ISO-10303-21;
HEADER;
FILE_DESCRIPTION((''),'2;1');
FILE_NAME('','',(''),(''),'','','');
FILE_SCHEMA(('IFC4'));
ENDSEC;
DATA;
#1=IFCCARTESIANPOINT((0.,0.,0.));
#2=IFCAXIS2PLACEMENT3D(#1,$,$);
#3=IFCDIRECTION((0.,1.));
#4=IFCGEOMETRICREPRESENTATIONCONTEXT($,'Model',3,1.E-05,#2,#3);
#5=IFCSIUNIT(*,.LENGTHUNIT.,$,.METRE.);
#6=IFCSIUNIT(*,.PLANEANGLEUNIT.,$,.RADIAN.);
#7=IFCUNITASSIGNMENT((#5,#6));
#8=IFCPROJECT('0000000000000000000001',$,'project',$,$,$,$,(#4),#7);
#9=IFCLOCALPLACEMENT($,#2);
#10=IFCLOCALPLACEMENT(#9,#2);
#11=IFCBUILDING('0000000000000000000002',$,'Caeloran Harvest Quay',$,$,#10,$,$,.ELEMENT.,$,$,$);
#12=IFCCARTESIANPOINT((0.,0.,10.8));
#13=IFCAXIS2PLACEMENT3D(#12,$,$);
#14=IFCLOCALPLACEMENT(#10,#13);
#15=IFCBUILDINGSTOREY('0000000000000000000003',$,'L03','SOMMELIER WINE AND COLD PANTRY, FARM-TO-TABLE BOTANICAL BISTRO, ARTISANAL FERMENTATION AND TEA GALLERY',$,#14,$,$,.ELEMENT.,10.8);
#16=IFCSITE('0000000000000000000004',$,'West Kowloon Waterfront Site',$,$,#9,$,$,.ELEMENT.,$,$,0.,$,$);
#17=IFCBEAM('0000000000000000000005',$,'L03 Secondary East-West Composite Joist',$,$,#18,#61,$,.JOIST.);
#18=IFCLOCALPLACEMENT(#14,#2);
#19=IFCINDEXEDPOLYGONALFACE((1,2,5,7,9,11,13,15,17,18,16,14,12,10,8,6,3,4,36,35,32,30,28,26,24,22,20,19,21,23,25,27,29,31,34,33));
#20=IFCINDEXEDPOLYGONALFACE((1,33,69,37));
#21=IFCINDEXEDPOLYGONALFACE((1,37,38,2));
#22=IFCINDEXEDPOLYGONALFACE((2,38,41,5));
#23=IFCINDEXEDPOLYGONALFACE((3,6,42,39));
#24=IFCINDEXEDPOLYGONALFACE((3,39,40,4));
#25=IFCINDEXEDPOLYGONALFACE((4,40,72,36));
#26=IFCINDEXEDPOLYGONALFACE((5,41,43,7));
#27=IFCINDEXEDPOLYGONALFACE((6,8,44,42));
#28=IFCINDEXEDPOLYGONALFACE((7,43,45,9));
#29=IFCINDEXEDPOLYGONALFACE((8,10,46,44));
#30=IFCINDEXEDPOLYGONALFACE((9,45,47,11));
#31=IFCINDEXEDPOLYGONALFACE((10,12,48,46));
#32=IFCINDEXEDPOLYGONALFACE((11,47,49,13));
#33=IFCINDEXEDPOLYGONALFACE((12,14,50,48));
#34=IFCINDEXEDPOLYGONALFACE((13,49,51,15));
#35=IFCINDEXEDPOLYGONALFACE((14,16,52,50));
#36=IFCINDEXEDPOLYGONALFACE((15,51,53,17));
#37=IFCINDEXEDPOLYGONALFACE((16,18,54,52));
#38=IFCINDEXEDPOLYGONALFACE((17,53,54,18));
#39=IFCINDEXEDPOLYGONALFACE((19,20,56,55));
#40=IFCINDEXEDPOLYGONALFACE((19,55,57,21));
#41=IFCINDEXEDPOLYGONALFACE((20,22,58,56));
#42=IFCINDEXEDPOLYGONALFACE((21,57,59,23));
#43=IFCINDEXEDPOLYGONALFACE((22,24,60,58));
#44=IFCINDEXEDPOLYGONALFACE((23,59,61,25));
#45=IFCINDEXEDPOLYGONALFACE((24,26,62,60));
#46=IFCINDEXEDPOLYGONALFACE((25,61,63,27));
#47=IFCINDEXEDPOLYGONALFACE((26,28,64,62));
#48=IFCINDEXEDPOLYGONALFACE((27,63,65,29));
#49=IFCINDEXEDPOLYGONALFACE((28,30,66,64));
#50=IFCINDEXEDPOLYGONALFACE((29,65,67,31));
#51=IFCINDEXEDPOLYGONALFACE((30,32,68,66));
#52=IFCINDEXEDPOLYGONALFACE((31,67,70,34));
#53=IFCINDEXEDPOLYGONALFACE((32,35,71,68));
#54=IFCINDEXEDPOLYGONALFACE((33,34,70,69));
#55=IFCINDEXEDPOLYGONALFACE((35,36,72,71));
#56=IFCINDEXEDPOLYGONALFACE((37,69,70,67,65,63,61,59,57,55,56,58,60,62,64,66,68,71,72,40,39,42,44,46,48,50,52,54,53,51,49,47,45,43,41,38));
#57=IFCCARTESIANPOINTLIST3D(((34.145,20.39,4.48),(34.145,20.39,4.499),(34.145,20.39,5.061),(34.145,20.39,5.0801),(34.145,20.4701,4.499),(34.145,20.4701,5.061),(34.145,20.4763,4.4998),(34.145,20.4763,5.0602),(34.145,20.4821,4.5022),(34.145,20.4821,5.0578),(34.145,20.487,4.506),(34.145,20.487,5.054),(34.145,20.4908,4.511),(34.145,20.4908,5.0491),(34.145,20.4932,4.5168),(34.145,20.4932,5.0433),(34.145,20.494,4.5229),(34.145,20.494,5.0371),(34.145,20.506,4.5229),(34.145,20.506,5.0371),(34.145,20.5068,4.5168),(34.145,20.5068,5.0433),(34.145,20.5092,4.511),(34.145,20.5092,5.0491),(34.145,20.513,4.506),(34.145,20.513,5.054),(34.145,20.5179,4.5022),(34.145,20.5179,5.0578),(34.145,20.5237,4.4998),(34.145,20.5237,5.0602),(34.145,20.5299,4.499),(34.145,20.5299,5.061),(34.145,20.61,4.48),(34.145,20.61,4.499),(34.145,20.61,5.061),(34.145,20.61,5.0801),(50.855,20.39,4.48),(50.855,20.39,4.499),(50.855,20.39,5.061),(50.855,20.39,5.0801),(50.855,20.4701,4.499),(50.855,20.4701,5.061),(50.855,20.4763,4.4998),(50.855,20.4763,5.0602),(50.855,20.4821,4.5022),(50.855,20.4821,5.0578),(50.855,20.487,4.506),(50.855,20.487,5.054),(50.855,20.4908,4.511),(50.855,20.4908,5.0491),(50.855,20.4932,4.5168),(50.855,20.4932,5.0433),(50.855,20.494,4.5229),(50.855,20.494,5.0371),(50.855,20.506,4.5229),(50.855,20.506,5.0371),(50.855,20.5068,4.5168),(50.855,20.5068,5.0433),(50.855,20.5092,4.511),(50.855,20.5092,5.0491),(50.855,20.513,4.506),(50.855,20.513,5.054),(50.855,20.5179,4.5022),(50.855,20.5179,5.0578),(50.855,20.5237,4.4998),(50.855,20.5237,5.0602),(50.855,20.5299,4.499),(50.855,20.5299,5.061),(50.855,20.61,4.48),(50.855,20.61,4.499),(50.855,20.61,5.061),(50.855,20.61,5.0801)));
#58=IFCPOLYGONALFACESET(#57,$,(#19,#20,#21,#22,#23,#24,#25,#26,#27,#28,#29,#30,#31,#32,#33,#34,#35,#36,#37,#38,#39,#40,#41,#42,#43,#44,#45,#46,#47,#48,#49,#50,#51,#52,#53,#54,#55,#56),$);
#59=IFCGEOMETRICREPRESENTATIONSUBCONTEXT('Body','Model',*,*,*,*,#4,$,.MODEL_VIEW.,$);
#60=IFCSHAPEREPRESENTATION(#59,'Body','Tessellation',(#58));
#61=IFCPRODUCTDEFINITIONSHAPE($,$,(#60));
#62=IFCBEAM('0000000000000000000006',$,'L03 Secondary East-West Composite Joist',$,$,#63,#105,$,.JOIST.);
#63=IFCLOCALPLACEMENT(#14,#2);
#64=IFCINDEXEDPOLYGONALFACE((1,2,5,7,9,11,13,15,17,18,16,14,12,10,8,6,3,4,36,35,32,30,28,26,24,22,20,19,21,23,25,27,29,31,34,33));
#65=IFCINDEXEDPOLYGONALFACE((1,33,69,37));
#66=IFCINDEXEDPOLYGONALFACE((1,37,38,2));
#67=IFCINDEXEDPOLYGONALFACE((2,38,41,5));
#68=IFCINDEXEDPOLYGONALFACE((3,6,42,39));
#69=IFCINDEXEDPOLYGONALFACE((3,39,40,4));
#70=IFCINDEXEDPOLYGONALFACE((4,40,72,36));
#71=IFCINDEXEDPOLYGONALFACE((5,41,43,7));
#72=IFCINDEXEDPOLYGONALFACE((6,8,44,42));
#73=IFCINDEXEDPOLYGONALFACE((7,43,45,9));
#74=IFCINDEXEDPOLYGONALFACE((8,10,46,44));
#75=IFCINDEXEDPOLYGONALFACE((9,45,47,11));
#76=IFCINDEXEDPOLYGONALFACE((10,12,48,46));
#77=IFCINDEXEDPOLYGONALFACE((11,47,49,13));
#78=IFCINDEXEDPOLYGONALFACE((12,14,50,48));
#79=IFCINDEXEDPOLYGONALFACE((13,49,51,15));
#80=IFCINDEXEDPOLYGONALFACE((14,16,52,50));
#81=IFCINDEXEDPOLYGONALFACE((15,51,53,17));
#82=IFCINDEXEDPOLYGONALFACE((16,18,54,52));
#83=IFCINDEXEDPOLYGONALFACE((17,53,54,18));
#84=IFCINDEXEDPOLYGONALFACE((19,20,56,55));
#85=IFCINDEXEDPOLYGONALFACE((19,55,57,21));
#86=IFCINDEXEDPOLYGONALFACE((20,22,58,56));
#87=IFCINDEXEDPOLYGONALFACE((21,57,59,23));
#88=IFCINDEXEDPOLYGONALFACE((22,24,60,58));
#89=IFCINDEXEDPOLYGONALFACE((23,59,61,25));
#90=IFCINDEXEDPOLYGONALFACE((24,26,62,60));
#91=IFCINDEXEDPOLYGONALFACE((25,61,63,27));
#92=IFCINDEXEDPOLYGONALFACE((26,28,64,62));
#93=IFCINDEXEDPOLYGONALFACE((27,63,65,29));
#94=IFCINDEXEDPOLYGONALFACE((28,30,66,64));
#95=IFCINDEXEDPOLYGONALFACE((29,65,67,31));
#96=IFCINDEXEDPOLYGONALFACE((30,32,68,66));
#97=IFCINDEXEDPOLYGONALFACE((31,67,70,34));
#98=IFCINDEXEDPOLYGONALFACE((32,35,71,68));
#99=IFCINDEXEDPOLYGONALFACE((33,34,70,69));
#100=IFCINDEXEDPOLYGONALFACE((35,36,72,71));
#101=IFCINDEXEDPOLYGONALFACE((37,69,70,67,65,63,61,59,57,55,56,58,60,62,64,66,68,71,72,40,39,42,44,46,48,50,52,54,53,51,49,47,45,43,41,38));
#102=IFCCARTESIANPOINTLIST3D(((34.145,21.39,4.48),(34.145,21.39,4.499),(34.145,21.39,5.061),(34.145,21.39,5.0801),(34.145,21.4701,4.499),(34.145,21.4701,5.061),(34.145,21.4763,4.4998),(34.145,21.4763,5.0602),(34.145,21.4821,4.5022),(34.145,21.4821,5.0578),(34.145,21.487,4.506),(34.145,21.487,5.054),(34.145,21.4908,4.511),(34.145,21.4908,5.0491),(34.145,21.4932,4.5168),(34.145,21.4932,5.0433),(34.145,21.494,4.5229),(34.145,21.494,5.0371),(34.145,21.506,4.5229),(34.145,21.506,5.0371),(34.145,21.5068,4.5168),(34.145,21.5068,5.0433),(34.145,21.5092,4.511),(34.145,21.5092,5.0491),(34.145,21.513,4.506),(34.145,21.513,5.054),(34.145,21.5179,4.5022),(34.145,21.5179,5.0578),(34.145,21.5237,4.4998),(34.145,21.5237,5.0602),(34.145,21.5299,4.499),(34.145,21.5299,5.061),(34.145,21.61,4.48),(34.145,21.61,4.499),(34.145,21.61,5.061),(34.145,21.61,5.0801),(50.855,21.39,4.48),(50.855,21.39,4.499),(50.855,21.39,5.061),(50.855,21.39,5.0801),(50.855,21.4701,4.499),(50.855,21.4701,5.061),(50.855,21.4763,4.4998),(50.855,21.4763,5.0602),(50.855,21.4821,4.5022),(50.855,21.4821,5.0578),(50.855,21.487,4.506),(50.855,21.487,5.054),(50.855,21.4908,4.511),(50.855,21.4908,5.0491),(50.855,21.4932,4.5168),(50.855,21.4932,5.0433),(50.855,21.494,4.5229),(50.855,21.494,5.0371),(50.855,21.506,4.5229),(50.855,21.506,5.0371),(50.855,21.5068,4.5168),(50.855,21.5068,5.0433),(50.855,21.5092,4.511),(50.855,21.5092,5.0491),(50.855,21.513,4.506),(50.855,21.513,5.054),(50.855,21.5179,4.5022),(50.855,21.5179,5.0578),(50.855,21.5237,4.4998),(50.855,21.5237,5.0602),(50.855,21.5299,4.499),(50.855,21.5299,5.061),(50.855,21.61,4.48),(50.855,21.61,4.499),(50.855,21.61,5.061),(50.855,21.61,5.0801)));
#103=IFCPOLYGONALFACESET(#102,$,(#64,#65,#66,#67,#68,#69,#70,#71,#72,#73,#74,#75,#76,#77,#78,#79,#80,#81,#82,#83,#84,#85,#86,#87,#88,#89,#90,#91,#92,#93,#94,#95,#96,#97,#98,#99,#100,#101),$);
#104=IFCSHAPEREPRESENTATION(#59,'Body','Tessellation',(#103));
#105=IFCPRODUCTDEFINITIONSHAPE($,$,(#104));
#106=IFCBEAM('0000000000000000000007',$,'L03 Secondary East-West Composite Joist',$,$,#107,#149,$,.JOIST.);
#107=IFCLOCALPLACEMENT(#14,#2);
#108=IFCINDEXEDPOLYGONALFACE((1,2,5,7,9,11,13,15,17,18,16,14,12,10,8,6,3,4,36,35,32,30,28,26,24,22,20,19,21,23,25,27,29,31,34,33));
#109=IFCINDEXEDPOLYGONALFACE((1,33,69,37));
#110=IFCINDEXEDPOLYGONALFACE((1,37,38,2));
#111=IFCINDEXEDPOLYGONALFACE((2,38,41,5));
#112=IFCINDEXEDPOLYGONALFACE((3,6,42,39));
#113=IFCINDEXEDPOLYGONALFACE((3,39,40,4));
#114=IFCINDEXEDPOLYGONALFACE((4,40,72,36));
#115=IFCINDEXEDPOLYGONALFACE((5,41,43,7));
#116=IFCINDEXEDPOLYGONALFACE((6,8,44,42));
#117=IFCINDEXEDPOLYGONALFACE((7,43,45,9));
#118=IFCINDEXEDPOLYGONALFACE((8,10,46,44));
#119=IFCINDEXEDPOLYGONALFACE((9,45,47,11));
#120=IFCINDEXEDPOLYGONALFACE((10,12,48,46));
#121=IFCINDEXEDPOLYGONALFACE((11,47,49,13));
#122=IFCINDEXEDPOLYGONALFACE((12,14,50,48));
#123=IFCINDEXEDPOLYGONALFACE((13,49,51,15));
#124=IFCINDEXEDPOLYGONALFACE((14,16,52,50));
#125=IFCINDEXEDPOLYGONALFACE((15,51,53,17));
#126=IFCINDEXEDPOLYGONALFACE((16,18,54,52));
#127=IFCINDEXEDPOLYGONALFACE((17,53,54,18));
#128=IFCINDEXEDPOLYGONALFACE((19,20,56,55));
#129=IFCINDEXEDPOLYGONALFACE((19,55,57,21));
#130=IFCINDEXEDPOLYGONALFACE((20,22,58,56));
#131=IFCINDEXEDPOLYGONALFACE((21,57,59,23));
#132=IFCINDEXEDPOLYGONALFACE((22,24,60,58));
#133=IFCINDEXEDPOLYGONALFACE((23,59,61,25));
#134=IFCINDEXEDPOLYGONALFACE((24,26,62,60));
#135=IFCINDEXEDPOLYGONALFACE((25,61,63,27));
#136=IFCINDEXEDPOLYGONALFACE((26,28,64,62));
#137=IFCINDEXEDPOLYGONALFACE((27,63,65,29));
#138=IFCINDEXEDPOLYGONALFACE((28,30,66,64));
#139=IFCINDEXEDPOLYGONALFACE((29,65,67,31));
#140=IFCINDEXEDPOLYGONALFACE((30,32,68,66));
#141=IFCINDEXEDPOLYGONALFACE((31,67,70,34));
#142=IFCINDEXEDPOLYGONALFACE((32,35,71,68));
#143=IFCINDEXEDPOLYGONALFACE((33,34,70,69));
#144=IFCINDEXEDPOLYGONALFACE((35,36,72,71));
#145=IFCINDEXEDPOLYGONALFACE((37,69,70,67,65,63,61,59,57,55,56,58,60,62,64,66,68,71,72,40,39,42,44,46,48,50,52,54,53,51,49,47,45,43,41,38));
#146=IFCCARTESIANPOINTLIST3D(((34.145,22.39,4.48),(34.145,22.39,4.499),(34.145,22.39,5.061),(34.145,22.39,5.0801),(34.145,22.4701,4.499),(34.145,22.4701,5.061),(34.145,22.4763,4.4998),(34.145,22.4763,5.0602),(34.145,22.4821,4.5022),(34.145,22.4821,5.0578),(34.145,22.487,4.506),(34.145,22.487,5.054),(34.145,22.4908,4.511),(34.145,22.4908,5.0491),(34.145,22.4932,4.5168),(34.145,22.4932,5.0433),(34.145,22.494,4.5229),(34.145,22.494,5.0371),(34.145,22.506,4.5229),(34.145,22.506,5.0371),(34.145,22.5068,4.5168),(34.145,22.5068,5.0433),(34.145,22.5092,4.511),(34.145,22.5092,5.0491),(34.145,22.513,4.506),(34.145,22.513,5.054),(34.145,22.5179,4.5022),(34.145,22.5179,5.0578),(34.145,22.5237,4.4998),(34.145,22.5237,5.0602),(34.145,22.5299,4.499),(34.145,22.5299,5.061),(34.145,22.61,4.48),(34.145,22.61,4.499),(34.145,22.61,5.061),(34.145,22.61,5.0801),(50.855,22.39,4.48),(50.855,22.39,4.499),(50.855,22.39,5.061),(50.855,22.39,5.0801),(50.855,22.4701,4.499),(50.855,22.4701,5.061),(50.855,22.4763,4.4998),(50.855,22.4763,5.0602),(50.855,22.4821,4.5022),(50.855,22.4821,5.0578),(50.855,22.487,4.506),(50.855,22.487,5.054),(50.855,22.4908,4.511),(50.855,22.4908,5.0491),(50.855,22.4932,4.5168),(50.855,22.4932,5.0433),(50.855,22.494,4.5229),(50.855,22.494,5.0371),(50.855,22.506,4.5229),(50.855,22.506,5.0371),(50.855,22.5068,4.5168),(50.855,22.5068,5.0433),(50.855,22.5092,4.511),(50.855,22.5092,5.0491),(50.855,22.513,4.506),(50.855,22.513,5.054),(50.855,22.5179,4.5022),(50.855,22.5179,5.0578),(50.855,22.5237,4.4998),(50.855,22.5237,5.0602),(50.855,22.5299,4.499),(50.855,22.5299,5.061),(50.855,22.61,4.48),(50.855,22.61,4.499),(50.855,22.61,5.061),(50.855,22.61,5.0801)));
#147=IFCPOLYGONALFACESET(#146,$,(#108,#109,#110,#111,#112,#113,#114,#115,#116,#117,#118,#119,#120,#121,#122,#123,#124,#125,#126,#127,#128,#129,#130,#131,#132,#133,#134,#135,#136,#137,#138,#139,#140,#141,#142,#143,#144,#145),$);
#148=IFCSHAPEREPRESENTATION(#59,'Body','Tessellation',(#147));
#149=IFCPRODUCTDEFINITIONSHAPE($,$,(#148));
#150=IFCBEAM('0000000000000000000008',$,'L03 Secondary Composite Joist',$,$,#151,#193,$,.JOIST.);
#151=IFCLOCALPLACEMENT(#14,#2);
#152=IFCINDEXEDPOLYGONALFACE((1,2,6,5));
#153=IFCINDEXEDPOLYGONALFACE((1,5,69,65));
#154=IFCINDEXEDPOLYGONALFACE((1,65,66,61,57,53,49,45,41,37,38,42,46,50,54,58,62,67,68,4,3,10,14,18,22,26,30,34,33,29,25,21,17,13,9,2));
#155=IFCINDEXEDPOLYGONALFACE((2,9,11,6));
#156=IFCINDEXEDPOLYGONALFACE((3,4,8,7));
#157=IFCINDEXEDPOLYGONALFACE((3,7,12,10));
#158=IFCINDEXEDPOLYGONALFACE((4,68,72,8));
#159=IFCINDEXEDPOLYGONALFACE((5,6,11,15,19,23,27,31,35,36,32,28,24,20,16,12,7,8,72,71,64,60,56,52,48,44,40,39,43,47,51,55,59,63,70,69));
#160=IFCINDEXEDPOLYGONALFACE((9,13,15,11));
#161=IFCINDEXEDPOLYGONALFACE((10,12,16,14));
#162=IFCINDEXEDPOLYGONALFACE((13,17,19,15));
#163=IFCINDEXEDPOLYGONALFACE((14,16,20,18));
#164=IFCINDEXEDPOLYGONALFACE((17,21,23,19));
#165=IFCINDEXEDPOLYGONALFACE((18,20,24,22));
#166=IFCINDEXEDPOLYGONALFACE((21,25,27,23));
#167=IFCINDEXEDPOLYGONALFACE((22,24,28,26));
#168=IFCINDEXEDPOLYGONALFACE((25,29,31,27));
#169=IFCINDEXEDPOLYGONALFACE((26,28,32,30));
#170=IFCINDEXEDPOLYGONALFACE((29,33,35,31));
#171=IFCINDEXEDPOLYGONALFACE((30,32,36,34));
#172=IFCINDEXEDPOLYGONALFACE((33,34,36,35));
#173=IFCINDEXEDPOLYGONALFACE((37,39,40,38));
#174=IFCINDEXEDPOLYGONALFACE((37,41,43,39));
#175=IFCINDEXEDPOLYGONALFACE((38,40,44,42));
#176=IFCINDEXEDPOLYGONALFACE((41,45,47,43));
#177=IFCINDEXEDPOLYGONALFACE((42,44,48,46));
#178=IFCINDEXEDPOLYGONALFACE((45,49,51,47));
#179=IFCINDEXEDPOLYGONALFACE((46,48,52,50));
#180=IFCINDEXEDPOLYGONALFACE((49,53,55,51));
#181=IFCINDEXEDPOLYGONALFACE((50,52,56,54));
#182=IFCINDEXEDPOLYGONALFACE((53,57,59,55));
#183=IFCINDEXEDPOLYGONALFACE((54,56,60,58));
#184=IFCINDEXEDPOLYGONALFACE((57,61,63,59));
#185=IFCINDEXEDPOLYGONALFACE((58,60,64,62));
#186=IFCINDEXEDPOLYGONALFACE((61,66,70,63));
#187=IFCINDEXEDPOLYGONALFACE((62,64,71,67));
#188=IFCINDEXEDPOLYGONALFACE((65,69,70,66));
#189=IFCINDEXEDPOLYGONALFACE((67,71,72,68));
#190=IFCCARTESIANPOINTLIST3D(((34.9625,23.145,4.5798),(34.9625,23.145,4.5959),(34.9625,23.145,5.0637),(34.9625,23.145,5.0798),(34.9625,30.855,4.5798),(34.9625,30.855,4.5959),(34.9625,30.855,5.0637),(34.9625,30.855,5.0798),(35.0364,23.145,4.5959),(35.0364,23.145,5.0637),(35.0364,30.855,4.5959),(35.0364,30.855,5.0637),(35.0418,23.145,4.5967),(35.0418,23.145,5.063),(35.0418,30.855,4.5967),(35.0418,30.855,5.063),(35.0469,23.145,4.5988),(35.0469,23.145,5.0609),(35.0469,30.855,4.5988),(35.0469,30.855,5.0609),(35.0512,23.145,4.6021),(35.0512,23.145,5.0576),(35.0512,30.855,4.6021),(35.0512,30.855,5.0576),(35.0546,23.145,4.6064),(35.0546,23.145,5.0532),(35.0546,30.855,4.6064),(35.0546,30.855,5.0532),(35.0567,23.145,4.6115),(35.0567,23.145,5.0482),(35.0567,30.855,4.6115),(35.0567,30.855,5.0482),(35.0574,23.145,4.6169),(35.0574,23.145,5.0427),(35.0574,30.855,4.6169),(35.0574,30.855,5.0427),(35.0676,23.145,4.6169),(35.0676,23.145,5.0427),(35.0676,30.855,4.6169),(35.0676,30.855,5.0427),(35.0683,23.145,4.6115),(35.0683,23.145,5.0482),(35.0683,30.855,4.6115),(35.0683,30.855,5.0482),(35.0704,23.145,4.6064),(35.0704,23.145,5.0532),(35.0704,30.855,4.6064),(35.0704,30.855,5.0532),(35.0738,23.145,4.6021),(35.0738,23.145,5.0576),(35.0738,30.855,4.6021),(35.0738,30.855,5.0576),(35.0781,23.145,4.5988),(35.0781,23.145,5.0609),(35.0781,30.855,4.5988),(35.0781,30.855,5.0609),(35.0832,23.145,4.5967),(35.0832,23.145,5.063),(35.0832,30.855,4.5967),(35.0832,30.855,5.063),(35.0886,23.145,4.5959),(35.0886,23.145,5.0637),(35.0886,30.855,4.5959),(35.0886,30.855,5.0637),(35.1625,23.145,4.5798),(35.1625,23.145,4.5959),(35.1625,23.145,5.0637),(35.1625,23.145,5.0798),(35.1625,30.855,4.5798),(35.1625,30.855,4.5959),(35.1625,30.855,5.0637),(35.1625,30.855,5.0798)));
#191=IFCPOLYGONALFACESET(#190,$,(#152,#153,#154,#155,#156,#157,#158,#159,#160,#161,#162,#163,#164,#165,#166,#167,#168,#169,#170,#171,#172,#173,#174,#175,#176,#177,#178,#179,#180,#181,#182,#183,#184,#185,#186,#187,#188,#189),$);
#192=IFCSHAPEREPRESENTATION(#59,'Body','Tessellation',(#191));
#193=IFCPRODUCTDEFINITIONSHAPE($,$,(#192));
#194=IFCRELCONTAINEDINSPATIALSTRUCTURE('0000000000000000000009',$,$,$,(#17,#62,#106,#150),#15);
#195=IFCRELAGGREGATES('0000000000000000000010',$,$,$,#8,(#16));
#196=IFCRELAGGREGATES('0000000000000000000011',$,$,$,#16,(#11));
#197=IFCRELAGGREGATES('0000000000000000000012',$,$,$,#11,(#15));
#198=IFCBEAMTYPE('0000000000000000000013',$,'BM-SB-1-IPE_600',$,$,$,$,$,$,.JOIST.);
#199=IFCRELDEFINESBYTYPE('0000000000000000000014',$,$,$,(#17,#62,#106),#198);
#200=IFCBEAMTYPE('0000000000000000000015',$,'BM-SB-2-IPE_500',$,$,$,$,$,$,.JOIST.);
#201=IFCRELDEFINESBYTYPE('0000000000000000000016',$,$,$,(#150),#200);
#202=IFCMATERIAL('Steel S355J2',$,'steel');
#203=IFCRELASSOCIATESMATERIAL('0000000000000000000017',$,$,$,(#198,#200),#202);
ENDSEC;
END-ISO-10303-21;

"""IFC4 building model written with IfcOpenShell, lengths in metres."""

from ifc_helpers import new_model, si_unit, direction, frame, origin, origin_2d, place, context, subcontext, project, spatial, i_section, extrude, material, material_profile, profile_set, type_object, element, save


model = new_model("IFC4")

# Units and contexts
model_context = context("Model", 3, precision=1e-05, world=origin(), true_north=direction((0.0, 1.0)))
body_context = subcontext(model_context, "Body", "Model", "MODEL_VIEW")
ifc_project = project(units=[si_unit("LENGTHUNIT", "METRE"), si_unit("PLANEANGLEUNIT", "RADIAN")], contexts=[model_context])

# Site, building, storey
site_placement = place(None, origin())
site = spatial("IfcSite", under=ifc_project, at=site_placement, Name="West Kowloon Waterfront Site", CompositionType="ELEMENT", RefElevation=0.0)
building_placement = place(site_placement, origin())
building = spatial("IfcBuilding", under=site, at=building_placement, Name="Caeloran Harvest Quay", CompositionType="ELEMENT")
storey_placement = place(building_placement, frame((0.0, 0.0, 10.8)))
storey = spatial("IfcBuildingStorey", under=building, at=storey_placement, Name="L03", Description="SOMMELIER WINE AND COLD PANTRY, FARM-TO-TABLE BOTANICAL BISTRO, ARTISANAL FERMENTATION AND TEA GALLERY", CompositionType="ELEMENT", Elevation=10.8)

# Beams
ifc_material_1 = material(Name="Steel S355J2", Category="steel")
ifc_material_profile_1 = material_profile(ifc_material_1, i_section(OverallWidth=0.22, OverallDepth=0.6001, WebThickness=0.012, FlangeThickness=0.019, FilletRadius=0.0239, at=origin_2d()), Name="IPE 600")
ifc_profile_set_1 = profile_set([ifc_material_profile_1], Name="Steel S355J2")
beam_type_1 = type_object("IfcBeamType", Name="BM-SB-1-IPE_600", PredefinedType="JOIST", material=ifc_profile_set_1)
for number, where, z_axis, x_axis, name in (
    (1, (34.145, 20.5, 4.78), (1.0, 0.0, 0.0), (0.0, 1.0, 0.0), "L03 Secondary East-West Composite Joist"),
    (2, (34.145, 21.5, 4.78), (1.0, 0.0, 0.0), (0.0, 1.0, 0.0), "L03 Secondary East-West Composite Joist"),
    (3, (34.145, 22.5, 4.78), (1.0, 0.0, 0.0), (0.0, 1.0, 0.0), "L03 Secondary East-West Composite Joist"),
):
    element("IfcBeam", number, at=place(storey_placement, frame(where, z_axis=z_axis, x_axis=x_axis)), inside=storey, type_object=beam_type_1, Name=name, PredefinedType="JOIST", context=body_context, shape_type="SweptSolid", body=[
        extrude(i_section(OverallWidth=0.22, OverallDepth=0.6001, WebThickness=0.012, FlangeThickness=0.019, FilletRadius=0.0239, at=origin_2d()), origin(), (0.0, 0.0, 1.0), 16.71),
    ])
ifc_material_profile_2 = material_profile(ifc_material_1, i_section(OverallWidth=0.2, OverallDepth=0.5, WebThickness=0.0103, FlangeThickness=0.0161, FilletRadius=0.021, at=origin_2d()), Name="IPE 500")
ifc_profile_set_2 = profile_set([ifc_material_profile_2], Name="Steel S355J2")
beam_type_2 = type_object("IfcBeamType", Name="BM-SB-2-IPE_500", PredefinedType="JOIST", material=ifc_profile_set_2)
beam_1_placement = place(storey_placement, frame((35.0625, 23.145, 4.8298), z_axis=(0.0, 1.0, 0.0), x_axis=(-1.0, 0.0, 0.0)))
element("IfcBeam", 4, at=beam_1_placement, inside=storey, type_object=beam_type_2, Name="L03 Secondary Composite Joist", PredefinedType="JOIST", context=body_context, shape_type="SweptSolid", body=[
    extrude(i_section(OverallWidth=0.2, OverallDepth=0.5, WebThickness=0.0103, FlangeThickness=0.0161, FilletRadius=0.021, at=origin_2d()), origin(), (0.0, 0.0, 1.0), 7.71),
])

save(model, "model.ifc")
